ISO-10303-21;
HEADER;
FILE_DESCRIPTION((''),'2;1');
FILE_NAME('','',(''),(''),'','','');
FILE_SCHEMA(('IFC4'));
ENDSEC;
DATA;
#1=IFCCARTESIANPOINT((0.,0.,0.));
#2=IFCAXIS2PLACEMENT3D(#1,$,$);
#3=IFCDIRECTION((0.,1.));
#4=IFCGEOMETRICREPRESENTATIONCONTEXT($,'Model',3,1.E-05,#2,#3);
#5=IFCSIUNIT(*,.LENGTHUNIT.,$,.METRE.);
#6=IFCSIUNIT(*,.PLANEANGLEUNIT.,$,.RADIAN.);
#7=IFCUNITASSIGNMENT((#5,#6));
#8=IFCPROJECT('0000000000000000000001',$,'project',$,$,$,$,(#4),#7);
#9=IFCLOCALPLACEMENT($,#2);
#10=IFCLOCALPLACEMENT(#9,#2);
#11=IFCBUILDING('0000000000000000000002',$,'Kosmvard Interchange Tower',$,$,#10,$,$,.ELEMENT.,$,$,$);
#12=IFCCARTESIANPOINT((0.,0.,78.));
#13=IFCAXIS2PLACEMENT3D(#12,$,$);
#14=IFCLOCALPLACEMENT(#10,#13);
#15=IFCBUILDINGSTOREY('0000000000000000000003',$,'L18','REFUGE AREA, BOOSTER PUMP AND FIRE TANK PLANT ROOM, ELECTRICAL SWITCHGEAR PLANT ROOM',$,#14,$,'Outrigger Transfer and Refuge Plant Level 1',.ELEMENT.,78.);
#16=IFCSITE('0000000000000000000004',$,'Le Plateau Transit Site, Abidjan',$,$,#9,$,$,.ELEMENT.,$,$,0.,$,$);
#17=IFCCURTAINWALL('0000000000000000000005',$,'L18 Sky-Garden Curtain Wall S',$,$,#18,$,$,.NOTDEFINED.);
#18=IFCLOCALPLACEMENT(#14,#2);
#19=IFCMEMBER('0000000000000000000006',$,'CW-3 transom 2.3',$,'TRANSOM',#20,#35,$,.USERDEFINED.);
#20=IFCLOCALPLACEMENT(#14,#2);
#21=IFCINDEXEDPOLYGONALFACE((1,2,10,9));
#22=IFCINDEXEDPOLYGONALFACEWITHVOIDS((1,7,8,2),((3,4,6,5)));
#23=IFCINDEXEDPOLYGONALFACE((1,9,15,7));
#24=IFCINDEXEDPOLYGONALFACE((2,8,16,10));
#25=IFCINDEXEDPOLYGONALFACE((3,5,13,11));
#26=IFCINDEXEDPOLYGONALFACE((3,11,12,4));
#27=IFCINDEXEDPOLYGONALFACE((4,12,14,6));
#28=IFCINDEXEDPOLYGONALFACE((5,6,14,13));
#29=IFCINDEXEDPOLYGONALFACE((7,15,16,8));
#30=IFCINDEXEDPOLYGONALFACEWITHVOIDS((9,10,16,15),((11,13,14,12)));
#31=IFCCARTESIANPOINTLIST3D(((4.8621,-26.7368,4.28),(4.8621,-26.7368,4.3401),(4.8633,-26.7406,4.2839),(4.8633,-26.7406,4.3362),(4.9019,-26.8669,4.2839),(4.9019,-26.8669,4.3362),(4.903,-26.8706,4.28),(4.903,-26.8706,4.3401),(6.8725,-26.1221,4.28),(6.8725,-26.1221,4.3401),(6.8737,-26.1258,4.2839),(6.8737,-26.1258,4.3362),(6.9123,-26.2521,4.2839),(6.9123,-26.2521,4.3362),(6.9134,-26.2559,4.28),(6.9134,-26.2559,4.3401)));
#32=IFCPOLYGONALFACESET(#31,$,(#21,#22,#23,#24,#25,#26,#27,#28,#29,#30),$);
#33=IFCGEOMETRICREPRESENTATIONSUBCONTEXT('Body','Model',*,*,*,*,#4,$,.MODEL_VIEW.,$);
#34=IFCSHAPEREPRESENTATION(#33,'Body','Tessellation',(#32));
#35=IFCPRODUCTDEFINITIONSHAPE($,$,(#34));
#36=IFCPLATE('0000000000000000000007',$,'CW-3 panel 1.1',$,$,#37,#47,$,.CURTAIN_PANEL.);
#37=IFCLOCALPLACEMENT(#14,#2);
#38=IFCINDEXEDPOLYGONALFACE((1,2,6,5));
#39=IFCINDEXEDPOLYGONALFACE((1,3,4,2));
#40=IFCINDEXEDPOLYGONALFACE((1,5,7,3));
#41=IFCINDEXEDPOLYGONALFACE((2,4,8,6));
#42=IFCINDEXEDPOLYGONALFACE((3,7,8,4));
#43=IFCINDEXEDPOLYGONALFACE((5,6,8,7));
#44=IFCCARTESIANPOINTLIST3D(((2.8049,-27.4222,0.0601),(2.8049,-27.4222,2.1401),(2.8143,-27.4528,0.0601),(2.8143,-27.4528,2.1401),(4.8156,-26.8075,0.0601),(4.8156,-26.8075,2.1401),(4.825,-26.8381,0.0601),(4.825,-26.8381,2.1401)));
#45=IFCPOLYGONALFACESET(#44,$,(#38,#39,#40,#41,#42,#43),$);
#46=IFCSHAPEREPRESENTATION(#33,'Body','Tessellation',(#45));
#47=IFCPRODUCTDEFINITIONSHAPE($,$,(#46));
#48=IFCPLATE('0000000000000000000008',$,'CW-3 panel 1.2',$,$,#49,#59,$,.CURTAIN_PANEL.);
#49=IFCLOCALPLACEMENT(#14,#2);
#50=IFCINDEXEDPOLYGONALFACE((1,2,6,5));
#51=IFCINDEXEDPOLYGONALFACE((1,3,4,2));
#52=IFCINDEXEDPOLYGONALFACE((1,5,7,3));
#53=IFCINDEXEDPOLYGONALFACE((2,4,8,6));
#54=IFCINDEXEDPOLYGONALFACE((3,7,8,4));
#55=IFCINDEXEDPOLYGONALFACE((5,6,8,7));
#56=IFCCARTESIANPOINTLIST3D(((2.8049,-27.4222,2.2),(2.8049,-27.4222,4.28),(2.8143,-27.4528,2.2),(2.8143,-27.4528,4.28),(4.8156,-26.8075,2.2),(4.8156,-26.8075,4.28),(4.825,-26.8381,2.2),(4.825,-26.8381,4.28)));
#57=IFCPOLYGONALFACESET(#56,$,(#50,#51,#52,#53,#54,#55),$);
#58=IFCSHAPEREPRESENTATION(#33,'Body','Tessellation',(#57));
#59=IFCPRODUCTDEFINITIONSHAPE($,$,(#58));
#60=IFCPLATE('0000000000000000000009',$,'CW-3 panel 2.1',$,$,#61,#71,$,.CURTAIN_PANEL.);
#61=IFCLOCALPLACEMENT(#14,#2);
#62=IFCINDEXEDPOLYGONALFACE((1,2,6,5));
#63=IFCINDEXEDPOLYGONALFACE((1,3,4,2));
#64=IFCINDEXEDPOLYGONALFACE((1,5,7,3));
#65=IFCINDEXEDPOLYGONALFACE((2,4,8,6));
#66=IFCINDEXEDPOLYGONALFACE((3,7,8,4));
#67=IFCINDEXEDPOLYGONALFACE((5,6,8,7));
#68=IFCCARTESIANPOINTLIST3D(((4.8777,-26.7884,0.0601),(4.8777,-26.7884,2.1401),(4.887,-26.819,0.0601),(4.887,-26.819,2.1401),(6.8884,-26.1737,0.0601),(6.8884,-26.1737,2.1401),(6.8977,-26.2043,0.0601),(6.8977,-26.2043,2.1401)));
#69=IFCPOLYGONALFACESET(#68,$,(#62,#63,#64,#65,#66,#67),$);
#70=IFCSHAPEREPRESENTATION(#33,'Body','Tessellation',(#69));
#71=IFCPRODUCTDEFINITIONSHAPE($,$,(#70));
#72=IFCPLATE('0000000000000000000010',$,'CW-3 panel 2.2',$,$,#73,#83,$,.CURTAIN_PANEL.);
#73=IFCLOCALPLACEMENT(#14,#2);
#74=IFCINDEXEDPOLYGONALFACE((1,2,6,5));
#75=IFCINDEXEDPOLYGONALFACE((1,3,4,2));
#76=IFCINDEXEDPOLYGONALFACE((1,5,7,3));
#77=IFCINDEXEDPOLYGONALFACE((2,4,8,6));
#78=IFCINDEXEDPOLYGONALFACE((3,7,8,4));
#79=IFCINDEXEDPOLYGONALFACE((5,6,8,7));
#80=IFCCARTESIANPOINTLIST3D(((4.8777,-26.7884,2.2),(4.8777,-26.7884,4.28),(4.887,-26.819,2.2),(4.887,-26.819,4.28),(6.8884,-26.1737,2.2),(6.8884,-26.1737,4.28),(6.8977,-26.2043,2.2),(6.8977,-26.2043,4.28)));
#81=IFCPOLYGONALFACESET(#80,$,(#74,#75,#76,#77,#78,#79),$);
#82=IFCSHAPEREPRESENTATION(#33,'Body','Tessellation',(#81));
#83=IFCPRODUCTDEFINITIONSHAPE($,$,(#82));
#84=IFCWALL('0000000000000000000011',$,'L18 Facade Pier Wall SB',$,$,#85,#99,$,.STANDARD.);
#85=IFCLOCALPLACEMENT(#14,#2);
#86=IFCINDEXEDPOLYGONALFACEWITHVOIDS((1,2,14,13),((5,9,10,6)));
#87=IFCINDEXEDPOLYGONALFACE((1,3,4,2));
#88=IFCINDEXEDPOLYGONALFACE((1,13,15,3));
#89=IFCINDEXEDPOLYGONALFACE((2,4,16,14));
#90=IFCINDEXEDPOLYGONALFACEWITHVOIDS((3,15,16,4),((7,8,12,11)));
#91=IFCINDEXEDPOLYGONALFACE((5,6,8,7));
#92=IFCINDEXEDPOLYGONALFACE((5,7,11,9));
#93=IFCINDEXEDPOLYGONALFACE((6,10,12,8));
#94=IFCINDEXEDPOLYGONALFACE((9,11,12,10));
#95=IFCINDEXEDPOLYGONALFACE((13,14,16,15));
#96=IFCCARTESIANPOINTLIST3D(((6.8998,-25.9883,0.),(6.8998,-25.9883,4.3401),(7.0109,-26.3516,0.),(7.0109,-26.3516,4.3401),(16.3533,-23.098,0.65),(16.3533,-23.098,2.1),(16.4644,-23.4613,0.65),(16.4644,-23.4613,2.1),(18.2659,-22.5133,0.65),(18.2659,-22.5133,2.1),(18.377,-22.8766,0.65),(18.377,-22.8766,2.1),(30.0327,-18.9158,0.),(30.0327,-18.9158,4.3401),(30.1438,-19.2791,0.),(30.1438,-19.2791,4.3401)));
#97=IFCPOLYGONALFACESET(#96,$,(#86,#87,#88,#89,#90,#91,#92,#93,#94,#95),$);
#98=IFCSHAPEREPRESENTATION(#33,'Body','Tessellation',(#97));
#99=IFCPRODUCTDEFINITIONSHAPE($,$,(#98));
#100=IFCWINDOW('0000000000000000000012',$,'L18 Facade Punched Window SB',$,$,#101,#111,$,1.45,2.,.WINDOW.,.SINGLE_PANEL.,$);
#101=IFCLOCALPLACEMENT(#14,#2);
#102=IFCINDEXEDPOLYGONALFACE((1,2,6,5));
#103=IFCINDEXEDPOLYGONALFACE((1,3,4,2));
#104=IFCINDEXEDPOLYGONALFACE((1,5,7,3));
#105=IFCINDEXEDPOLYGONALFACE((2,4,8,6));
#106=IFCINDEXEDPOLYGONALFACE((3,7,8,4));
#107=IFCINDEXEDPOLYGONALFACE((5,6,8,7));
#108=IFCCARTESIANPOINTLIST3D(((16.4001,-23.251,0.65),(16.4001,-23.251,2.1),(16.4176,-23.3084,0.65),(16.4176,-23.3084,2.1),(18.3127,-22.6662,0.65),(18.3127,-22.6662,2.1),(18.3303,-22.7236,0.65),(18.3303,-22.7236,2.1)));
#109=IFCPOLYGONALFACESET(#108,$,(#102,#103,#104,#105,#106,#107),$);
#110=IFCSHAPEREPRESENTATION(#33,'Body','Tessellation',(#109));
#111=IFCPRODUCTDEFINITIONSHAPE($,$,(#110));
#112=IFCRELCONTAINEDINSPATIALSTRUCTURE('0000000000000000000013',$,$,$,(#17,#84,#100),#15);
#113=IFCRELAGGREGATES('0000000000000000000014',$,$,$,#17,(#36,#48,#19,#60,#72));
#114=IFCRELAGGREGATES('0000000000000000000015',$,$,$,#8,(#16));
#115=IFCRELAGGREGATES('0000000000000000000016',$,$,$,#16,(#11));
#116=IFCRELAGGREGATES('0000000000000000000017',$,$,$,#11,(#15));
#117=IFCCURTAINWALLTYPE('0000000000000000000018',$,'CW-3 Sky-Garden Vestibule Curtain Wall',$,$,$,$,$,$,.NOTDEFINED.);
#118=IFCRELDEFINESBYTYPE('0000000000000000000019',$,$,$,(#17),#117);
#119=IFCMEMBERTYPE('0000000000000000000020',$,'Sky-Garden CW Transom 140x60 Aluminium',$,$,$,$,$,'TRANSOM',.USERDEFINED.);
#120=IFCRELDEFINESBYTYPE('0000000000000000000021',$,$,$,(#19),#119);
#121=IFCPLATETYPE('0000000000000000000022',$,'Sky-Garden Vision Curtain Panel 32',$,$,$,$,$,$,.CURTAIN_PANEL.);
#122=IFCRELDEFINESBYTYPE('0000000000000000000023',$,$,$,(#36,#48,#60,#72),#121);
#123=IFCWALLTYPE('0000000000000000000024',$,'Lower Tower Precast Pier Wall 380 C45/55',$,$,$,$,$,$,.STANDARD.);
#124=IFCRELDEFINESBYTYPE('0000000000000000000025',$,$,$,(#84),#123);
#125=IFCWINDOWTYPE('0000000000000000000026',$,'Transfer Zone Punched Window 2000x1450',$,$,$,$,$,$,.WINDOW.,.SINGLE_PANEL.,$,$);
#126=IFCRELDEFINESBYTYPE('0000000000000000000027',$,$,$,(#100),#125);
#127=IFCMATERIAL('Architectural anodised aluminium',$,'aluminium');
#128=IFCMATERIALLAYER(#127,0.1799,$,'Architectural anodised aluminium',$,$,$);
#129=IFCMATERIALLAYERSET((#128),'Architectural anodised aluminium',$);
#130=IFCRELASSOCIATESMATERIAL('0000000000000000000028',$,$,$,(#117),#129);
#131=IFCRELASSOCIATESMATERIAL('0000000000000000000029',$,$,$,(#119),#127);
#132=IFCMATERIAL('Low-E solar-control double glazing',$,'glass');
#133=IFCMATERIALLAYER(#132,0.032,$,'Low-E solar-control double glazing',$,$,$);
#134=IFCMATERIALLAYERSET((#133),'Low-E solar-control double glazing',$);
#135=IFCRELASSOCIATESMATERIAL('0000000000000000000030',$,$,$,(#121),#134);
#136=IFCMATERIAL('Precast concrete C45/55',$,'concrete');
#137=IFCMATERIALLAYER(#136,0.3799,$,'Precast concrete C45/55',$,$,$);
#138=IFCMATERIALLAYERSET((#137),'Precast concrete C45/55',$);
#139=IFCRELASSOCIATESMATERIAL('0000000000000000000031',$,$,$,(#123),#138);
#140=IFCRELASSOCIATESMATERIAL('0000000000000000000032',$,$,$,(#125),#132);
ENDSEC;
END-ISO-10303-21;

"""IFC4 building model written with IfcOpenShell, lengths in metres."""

from ifc_helpers import new_model, si_unit, direction, frame, frame_2d, origin, origin_2d, place, context, subcontext, project, spatial, rectangle, hollow_rectangle, extrude, source, transform, mapped, material, layer, layer_set, material_profile, profile_set, type_object, element, fill, aggregate, save


model = new_model("IFC4")

# Units and contexts
model_context = context("Model", 3, precision=1e-05, world=origin(), true_north=direction((0.0, 1.0)))
body_context = subcontext(model_context, "Body", "Model", "MODEL_VIEW")
ifc_project = project(units=[si_unit("LENGTHUNIT", "METRE"), si_unit("PLANEANGLEUNIT", "RADIAN")], contexts=[model_context])

# Site, building, storey
site_placement = place(None, origin())
site = spatial("IfcSite", under=ifc_project, at=site_placement, Name="Le Plateau Transit Site, Abidjan", CompositionType="ELEMENT", RefElevation=0.0)
building_placement = place(site_placement, origin())
building = spatial("IfcBuilding", under=site, at=building_placement, Name="Kosmvard Interchange Tower", CompositionType="ELEMENT")
storey_placement = place(building_placement, frame((0.0, 0.0, 78.0)))
storey = spatial("IfcBuildingStorey", under=building, at=storey_placement, Name="L18", Description="REFUGE AREA, BOOSTER PUMP AND FIRE TANK PLANT ROOM, ELECTRICAL SWITCHGEAR PLANT ROOM", LongName="Outrigger Transfer and Refuge Plant Level 1", CompositionType="ELEMENT", Elevation=78.0)

# Curtain wall, member, plates
ifc_material_1 = material(Name="Architectural anodised aluminium", Category="aluminium")
ifc_layer_1 = layer(ifc_material_1, 0.1799, Name="Architectural anodised aluminium")
ifc_layer_set_1 = layer_set([ifc_layer_1], Name="Architectural anodised aluminium")
curtain_wall_type = type_object("IfcCurtainWallType", Name="CW-3 Sky-Garden Vestibule Curtain Wall", PredefinedType="NOTDEFINED", material=ifc_layer_set_1)
curtain_wall_placement = place(storey_placement, origin())
curtain_wall = element("IfcCurtainWall", 1, at=curtain_wall_placement, inside=storey, type_object=curtain_wall_type, Name="L18 Sky-Garden Curtain Wall S", PredefinedType="NOTDEFINED")
ifc_material_profile_1 = material_profile(ifc_material_1, hollow_rectangle(XDim=0.1399, YDim=0.0601, WallThickness=0.0039, at=origin_2d()), Name="CWT 140x60x4")
ifc_profile_set_1 = profile_set([ifc_material_profile_1], Name="Architectural anodised aluminium")
member_type_1 = type_object("IfcMemberType", Name="Sky-Garden CW Transom 140x60 Aluminium", ElementType="TRANSOM", PredefinedType="USERDEFINED", material=ifc_profile_set_1)
shared_shape_1 = source(origin(), body_context, "Body", "SweptSolid", [
    extrude(hollow_rectangle(XDim=0.1399, YDim=0.0601, WallThickness=0.0039, at=origin_2d()), origin(), (0.0, 0.0, 1.0), 2.1023),
])
member_1_placement = place(storey_placement, frame((4.8826, -26.8037, 4.3101), z_axis=(0.956295, 0.292404, 0.0), x_axis=(-0.292404, 0.956295, 0.0)))
member_1 = element("IfcMember", 2, at=member_1_placement, type_object=member_type_1, Name="CW-3 transom 2.3", ObjectType="TRANSOM", PredefinedType="USERDEFINED", context=body_context, shape_type="MappedRepresentation", body=[
    mapped(shared_shape_1, transform((0.0, 0.0, 0.0), scale=1.0)),
])
ifc_material_2 = material(Name="Low-E solar-control double glazing", Category="glass")
ifc_layer_2 = layer(ifc_material_2, 0.032, Name="Low-E solar-control double glazing")
ifc_layer_set_2 = layer_set([ifc_layer_2], Name="Low-E solar-control double glazing")
plate_type = type_object("IfcPlateType", Name="Sky-Garden Vision Curtain Panel 32", PredefinedType="CURTAIN_PANEL", material=ifc_layer_set_2)
shared_shape_2 = source(origin(), body_context, "Body", "SweptSolid", [
    extrude(rectangle(XDim=2.1025, YDim=0.032, at=origin_2d()), origin(), (0.0, 0.0, 1.0), 2.0801),
])
plate_1_placement = place(storey_placement, frame((3.8149, -27.1301, 0.0601), z_axis=(0.0, 0.0, 1.0), x_axis=(0.956305, 0.292372, 0.0)))
plate_1 = element("IfcPlate", 3, at=plate_1_placement, type_object=plate_type, Name="CW-3 panel 1.1", PredefinedType="CURTAIN_PANEL", context=body_context, shape_type="MappedRepresentation", body=[
    mapped(shared_shape_2, transform((0.0, 0.0, 0.0), scale=1.0)),
])
plate_2_placement = place(storey_placement, frame((3.8149, -27.1301, 2.2), z_axis=(0.0, 0.0, 1.0), x_axis=(0.956305, 0.292372, 0.0)))
plate_2 = element("IfcPlate", 4, at=plate_2_placement, type_object=plate_type, Name="CW-3 panel 1.2", PredefinedType="CURTAIN_PANEL", context=body_context, shape_type="MappedRepresentation", body=[
    mapped(shared_shape_2, transform((0.0, 0.0, 0.0), scale=1.0)),
])
plate_3_placement = place(storey_placement, frame((5.8877, -26.4963, 0.0601), z_axis=(0.0, 0.0, 1.0), x_axis=(0.956305, 0.292372, 0.0)))
plate_3 = element("IfcPlate", 5, at=plate_3_placement, type_object=plate_type, Name="CW-3 panel 2.1", PredefinedType="CURTAIN_PANEL", context=body_context, shape_type="MappedRepresentation", body=[
    mapped(shared_shape_2, transform((0.0, 0.0, 0.0), scale=1.0)),
])
plate_4_placement = place(storey_placement, frame((5.8877, -26.4963, 2.2), z_axis=(0.0, 0.0, 1.0), x_axis=(0.956305, 0.292372, 0.0)))
plate_4 = element("IfcPlate", 6, at=plate_4_placement, type_object=plate_type, Name="CW-3 panel 2.2", PredefinedType="CURTAIN_PANEL", context=body_context, shape_type="MappedRepresentation", body=[
    mapped(shared_shape_2, transform((0.0, 0.0, 0.0), scale=1.0)),
])
aggregate(curtain_wall, [plate_1, plate_2, member_1, plate_3, plate_4])

# Wall, opening, window
ifc_material_3 = material(Name="Precast concrete C45/55", Category="concrete")
ifc_layer_3 = layer(ifc_material_3, 0.3799, Name="Precast concrete C45/55")
ifc_layer_set_3 = layer_set([ifc_layer_3], Name="Precast concrete C45/55")
wall_type = type_object("IfcWallType", Name="Lower Tower Precast Pier Wall 380 C45/55", PredefinedType="STANDARD", material=ifc_layer_set_3)
wall_placement = place(storey_placement, frame((6.9553, -26.1699, 0.0), z_axis=(0.0, 0.0, 1.0), x_axis=(0.956304, 0.292373, 0.0)))
wall = element("IfcWall", 7, at=wall_placement, inside=storey, type_object=wall_type, Name="L18 Facade Pier Wall SB", PredefinedType="STANDARD", context=body_context, shape_type="SweptSolid", body=[
    extrude(rectangle(XDim=24.1899, YDim=0.3799, at=frame_2d((12.095, 0.0))), origin(), (0.0, 0.0, 1.0), 4.3401),
])
opening_placement = place(wall_placement, frame((9.8855, 0.0, 0.6499)))
opening = element("IfcOpeningElement", 8, at=opening_placement, cuts=wall, PredefinedType="OPENING", context=body_context, shape_type="SweptSolid", body=[
    extrude(rectangle(XDim=2.0, YDim=1.45, at=frame_2d((1.0, 0.7251))), frame((0.0, 0.2, 0.0), z_axis=(0.0, -1.0, 0.0), x_axis=(1.0, 0.0, 0.0)), (0.0, 0.0, 1.0), 0.3999),
])
window_type = type_object("IfcWindowType", Name="Transfer Zone Punched Window 2000x1450", PartitioningType="SINGLE_PANEL", PredefinedType="WINDOW", material=ifc_material_2)
shared_shape_3 = source(origin(), body_context, "Body", "SweptSolid", [
    extrude(rectangle(XDim=2.0, YDim=1.45, at=frame_2d((1.0, 0.7251))), frame((0.0, 0.03, 0.0), z_axis=(0.0, -1.0, 0.0), x_axis=(1.0, 0.0, 0.0)), (0.0, 0.0, 1.0), 0.0601),
])
window_placement = place(opening_placement, origin())
window = element("IfcWindow", 9, at=window_placement, inside=storey, type_object=window_type, Name="L18 Facade Punched Window SB", OverallHeight=1.45, OverallWidth=2.0, PartitioningType="SINGLE_PANEL", PredefinedType="WINDOW", context=body_context, shape_type="MappedRepresentation", body=[
    mapped(shared_shape_3, transform((0.0, 0.0, 0.0), scale=1.0)),
])
fill(opening, window)

save(model, "model.ifc")
